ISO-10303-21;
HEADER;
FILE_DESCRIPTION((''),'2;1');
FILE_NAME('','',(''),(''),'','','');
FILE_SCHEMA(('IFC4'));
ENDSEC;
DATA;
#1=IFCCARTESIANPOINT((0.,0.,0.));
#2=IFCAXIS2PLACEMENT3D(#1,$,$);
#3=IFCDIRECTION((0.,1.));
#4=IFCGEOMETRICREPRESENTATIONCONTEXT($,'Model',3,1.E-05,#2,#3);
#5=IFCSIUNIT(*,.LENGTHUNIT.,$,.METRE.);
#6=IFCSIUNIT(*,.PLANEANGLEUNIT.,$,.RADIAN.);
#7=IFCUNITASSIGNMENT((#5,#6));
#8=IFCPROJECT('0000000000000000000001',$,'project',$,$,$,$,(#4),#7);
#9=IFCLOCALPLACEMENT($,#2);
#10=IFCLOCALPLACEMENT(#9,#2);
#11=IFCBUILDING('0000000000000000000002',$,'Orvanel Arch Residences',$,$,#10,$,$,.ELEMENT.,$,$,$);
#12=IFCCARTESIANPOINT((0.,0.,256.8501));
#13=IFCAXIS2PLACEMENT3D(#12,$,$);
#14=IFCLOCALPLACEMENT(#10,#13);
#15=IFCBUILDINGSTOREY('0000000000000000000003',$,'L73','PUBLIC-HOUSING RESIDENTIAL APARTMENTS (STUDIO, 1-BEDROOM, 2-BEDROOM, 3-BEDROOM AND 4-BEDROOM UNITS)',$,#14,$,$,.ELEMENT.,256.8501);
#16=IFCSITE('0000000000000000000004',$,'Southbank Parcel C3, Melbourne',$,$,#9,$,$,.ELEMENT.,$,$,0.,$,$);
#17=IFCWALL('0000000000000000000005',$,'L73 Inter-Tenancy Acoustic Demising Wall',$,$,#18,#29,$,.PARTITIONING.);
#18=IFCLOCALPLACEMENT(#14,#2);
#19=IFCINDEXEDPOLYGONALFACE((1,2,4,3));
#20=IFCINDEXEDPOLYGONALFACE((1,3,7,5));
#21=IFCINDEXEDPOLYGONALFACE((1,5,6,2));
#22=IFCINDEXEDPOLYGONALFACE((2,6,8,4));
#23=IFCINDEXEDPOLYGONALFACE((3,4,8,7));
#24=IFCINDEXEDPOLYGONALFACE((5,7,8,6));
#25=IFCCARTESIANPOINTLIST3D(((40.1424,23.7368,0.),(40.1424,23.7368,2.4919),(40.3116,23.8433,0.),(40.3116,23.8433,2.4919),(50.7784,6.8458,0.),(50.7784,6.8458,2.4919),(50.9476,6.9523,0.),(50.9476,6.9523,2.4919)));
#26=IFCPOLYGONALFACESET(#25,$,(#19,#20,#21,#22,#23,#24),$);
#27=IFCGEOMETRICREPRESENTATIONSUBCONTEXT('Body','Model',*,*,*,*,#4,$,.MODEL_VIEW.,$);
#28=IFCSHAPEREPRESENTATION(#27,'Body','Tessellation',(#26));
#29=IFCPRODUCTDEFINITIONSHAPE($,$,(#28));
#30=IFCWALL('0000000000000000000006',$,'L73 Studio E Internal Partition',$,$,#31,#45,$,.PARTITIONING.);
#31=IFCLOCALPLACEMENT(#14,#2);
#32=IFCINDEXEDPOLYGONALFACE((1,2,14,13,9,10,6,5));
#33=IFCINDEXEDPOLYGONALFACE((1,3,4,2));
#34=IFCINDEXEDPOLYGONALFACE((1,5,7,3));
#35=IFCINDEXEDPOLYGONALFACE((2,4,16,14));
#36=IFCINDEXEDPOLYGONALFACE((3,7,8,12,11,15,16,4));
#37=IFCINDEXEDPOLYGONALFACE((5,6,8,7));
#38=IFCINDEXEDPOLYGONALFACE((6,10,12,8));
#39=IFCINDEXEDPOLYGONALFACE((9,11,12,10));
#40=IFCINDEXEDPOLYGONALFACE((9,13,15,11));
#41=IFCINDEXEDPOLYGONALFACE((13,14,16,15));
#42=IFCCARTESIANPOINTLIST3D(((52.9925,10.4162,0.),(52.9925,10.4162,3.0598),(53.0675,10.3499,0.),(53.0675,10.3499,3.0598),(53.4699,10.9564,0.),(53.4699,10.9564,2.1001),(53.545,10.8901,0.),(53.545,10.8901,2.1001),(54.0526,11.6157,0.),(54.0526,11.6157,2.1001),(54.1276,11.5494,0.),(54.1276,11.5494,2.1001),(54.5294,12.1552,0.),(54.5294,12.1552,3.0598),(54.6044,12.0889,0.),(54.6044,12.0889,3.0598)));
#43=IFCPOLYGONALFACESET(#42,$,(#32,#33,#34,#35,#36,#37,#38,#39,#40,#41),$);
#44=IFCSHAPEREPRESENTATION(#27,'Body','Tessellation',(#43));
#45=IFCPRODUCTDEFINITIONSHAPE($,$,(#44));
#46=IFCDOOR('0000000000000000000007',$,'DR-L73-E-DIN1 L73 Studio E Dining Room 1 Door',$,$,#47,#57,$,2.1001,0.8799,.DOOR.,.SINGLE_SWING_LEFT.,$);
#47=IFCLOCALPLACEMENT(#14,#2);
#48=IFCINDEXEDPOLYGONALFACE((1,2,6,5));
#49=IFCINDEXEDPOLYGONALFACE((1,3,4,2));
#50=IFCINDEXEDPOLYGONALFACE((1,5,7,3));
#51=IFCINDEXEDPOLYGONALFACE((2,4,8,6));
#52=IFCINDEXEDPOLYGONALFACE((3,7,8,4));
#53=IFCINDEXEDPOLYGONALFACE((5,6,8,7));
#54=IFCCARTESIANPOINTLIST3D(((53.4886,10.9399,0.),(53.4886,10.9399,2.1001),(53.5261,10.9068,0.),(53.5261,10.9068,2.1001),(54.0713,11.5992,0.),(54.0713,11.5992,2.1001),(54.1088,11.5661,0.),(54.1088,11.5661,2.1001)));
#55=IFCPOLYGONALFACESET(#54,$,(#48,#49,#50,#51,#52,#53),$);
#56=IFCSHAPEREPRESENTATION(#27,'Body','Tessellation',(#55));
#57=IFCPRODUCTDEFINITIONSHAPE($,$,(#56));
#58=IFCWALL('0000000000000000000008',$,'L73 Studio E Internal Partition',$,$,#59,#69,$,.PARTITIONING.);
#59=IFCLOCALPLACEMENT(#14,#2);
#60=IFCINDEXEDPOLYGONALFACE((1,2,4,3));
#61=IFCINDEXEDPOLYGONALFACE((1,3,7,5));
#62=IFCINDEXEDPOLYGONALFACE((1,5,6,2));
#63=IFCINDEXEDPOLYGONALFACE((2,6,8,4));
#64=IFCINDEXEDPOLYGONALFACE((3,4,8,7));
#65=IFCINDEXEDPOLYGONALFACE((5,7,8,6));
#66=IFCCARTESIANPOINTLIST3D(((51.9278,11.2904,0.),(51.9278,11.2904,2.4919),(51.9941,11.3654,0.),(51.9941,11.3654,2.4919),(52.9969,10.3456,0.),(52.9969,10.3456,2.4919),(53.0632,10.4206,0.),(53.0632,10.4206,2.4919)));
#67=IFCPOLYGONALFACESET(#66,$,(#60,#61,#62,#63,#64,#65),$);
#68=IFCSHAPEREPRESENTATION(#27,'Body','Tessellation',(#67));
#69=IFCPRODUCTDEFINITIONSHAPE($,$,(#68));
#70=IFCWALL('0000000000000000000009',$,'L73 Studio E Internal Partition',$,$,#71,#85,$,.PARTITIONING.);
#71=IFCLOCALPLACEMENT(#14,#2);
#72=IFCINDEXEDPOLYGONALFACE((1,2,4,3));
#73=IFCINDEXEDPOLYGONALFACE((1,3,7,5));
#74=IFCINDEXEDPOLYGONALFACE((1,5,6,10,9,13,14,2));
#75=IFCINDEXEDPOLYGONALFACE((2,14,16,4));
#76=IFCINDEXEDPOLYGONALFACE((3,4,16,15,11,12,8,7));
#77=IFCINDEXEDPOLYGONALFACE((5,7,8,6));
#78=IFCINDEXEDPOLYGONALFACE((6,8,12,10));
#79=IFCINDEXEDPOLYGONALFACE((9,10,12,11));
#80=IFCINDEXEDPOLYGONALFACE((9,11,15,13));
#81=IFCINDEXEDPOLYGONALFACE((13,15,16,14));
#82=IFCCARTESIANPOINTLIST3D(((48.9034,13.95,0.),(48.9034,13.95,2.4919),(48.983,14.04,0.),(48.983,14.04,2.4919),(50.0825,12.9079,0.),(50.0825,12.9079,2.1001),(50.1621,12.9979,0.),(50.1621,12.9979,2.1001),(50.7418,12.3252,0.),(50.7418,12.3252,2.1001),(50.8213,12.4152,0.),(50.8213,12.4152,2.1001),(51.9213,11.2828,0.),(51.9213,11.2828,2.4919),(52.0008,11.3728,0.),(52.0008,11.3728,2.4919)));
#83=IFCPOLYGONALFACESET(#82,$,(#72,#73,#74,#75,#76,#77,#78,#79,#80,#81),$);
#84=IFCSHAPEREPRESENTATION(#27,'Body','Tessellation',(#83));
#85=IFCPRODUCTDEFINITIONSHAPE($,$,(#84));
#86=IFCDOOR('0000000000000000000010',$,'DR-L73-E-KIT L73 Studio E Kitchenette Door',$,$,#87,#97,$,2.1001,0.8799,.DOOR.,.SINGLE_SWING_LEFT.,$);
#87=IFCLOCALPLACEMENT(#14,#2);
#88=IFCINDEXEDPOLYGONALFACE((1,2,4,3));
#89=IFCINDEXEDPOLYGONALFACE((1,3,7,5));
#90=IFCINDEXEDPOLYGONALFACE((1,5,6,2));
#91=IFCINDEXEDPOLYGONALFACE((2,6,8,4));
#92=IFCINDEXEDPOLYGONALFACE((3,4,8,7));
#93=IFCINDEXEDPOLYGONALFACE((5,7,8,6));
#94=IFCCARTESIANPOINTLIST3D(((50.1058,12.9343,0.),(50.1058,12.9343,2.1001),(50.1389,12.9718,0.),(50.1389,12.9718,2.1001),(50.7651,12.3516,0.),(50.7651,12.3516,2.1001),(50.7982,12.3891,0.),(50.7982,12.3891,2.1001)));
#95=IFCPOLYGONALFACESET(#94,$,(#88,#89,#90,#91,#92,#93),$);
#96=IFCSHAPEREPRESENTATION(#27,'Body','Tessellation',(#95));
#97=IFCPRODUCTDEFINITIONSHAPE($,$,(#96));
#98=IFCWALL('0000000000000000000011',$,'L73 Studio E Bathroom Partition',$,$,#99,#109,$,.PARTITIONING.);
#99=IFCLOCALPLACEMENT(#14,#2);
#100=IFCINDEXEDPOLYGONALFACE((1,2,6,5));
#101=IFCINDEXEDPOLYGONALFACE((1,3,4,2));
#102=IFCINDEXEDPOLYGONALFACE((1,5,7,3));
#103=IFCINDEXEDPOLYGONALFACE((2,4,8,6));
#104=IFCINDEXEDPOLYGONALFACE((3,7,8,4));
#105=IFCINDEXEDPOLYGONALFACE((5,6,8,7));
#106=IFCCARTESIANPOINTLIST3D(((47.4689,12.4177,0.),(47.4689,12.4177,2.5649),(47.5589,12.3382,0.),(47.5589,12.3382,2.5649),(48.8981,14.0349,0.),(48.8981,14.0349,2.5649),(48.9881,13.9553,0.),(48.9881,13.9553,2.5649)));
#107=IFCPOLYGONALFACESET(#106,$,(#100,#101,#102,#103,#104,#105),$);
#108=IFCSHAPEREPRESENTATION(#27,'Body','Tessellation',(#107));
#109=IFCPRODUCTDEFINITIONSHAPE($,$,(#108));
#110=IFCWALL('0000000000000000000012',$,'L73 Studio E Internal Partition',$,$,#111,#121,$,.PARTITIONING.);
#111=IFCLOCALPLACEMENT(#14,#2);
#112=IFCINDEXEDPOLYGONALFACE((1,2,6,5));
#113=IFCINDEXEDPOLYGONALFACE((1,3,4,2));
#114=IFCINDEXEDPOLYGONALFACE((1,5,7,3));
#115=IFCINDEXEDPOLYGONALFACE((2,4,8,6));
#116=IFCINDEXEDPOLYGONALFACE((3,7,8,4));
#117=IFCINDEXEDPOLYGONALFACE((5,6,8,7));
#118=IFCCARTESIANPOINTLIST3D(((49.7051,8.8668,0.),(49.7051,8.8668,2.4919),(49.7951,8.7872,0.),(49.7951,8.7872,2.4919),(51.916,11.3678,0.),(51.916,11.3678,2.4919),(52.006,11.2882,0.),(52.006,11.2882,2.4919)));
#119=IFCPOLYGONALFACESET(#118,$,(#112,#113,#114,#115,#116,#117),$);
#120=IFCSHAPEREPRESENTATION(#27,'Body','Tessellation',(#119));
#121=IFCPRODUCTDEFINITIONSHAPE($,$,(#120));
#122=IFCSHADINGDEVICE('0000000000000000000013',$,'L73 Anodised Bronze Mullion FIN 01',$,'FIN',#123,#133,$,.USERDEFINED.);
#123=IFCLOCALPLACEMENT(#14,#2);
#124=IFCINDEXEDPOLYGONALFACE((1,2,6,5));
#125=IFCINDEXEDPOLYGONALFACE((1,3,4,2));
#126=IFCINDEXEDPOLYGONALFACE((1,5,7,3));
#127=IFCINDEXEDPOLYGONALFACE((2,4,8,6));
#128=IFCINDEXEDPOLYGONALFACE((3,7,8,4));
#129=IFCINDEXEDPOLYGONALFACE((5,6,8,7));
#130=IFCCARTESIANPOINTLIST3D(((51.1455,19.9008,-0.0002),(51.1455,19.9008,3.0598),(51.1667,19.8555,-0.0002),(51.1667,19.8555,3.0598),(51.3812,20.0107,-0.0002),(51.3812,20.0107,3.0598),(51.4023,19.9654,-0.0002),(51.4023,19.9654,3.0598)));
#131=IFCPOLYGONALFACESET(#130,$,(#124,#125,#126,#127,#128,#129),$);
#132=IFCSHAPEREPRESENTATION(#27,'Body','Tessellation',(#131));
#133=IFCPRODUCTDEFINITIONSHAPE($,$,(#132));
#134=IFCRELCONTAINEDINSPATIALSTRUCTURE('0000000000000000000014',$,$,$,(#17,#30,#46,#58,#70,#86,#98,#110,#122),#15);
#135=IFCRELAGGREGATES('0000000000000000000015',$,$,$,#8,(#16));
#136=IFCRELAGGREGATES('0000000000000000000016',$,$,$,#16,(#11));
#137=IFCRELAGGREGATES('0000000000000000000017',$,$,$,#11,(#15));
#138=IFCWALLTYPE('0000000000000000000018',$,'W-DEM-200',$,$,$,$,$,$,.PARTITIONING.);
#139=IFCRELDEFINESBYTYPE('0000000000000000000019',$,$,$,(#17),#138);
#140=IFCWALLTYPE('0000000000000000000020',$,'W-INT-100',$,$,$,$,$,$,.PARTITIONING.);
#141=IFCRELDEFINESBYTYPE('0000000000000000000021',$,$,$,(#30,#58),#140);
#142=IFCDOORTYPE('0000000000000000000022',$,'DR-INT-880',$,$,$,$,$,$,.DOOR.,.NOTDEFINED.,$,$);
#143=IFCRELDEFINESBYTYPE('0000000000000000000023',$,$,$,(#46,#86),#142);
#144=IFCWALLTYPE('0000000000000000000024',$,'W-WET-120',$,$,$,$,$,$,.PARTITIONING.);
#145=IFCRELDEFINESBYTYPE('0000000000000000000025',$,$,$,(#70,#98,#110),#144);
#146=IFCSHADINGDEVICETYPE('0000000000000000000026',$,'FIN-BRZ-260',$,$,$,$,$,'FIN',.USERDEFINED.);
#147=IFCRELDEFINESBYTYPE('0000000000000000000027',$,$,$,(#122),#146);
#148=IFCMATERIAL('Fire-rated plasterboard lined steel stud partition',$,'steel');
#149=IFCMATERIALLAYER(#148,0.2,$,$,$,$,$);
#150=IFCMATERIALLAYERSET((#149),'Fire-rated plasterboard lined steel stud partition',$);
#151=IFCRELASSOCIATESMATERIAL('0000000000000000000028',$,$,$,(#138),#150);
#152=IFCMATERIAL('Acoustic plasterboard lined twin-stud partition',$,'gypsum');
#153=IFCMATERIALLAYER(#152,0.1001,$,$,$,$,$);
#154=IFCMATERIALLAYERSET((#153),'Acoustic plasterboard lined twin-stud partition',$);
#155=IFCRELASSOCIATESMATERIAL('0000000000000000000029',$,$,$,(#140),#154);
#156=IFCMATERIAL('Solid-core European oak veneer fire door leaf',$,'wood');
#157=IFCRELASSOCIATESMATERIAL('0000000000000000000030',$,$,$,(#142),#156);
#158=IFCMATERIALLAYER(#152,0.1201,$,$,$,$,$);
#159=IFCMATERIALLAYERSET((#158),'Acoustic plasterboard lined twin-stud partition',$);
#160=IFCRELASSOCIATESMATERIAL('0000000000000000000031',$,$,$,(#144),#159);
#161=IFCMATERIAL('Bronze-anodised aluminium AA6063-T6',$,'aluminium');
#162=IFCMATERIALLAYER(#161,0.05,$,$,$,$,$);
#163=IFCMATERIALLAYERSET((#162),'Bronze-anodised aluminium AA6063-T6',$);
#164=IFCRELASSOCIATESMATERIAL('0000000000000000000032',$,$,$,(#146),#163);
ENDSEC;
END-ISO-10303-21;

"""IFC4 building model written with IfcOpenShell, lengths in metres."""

from ifc_helpers import new_model, si_unit, direction, frame, frame_2d, origin, origin_2d, place, context, subcontext, project, spatial, rectangle, extrude, material, layer, layer_set, type_object, element, fill, save


model = new_model("IFC4")

# Units and contexts
model_context = context("Model", 3, precision=1e-05, world=origin(), true_north=direction((0.0, 1.0)))
body_context = subcontext(model_context, "Body", "Model", "MODEL_VIEW")
ifc_project = project(units=[si_unit("LENGTHUNIT", "METRE"), si_unit("PLANEANGLEUNIT", "RADIAN")], contexts=[model_context])

# Site, building, storey
site_placement = place(None, origin())
site = spatial("IfcSite", under=ifc_project, at=site_placement, Name="Southbank Parcel C3, Melbourne", CompositionType="ELEMENT", RefElevation=0.0)
building_placement = place(site_placement, origin())
building = spatial("IfcBuilding", under=site, at=building_placement, Name="Orvanel Arch Residences", CompositionType="ELEMENT")
storey_placement = place(building_placement, frame((0.0, 0.0, 256.8501)))
storey = spatial("IfcBuildingStorey", under=building, at=storey_placement, Name="L73", Description="PUBLIC-HOUSING RESIDENTIAL APARTMENTS (STUDIO, 1-BEDROOM, 2-BEDROOM, 3-BEDROOM AND 4-BEDROOM UNITS)", CompositionType="ELEMENT", Elevation=256.8501)

# Shared definitions
ifc_material_1 = material(Name="Bronze-anodised aluminium AA6063-T6", Category="aluminium")

# Wall
ifc_material_2 = material(Name="Fire-rated plasterboard lined steel stud partition", Category="steel")
ifc_layer_1 = layer(ifc_material_2, 0.2)
ifc_layer_set_1 = layer_set([ifc_layer_1], Name="Fire-rated plasterboard lined steel stud partition")
wall_type_1 = type_object("IfcWallType", Name="W-DEM-200", PredefinedType="PARTITIONING", material=ifc_layer_set_1)
wall_1_placement = place(storey_placement, frame((50.863, 6.8989, 0.0), z_axis=(0.0, 0.0, 1.0), x_axis=(-0.532843, 0.846214, 0.0)))
element("IfcWall", 1, at=wall_1_placement, inside=storey, type_object=wall_type_1, Name="L73 Inter-Tenancy Acoustic Demising Wall", PredefinedType="PARTITIONING", context=body_context, shape_type="SweptSolid", body=[
    extrude(rectangle(XDim=19.9607, YDim=0.2, at=frame_2d((9.9805, 0.0))), origin(), (0.0, 0.0, 1.0), 2.4919),
])

# Wall, opening, door
ifc_material_3 = material(Name="Acoustic plasterboard lined twin-stud partition", Category="gypsum")
ifc_layer_2 = layer(ifc_material_3, 0.1001)
ifc_layer_set_2 = layer_set([ifc_layer_2], Name="Acoustic plasterboard lined twin-stud partition")
wall_type_2 = type_object("IfcWallType", Name="W-INT-100", PredefinedType="PARTITIONING", material=ifc_layer_set_2)
wall_2_placement = place(storey_placement, frame((54.5669, 12.1221, 0.0), z_axis=(0.0, 0.0, 1.0), x_axis=(-0.662213, -0.749316, 0.0)))
wall_2 = element("IfcWall", 2, at=wall_2_placement, inside=storey, type_object=wall_type_2, Name="L73 Studio E Internal Partition", PredefinedType="PARTITIONING", context=body_context, shape_type="SweptSolid", body=[
    extrude(rectangle(XDim=2.3208, YDim=0.1001, at=frame_2d((1.1604, 0.0))), origin(), (0.0, 0.0, 1.0), 3.0598),
])
opening_1_placement = place(wall_2_placement, frame((0.72, 0.0, 0.0)))
opening_1 = element("IfcOpeningElement", 3, at=opening_1_placement, cuts=wall_2, PredefinedType="OPENING", context=body_context, shape_type="SweptSolid", body=[
    extrude(rectangle(XDim=0.8799, YDim=2.1001, at=frame_2d((0.4399, 1.05))), frame((0.0, 0.0601, 0.0), z_axis=(0.0, -1.0, 0.0), x_axis=(1.0, 0.0, 0.0)), (0.0, 0.0, 1.0), 0.1201),
])
ifc_material_4 = material(Name="Solid-core European oak veneer fire door leaf", Category="wood")
door_type = type_object("IfcDoorType", Name="DR-INT-880", OperationType="NOTDEFINED", PredefinedType="DOOR", material=ifc_material_4)
door_1_placement = place(opening_1_placement, origin())
door_1 = element("IfcDoor", 4, at=door_1_placement, inside=storey, type_object=door_type, Name="DR-L73-E-DIN1 L73 Studio E Dining Room 1 Door", OperationType="SINGLE_SWING_LEFT", OverallHeight=2.1001, OverallWidth=0.8799, PredefinedType="DOOR", context=body_context, shape_type="SweptSolid", body=[
    extrude(rectangle(XDim=0.8799, YDim=2.1001, at=frame_2d((0.4399, 1.05))), frame((0.0, 0.0249, 0.0), z_axis=(0.0, -1.0, 0.0), x_axis=(1.0, 0.0, 0.0)), (0.0, 0.0, 1.0), 0.05),
])
fill(opening_1, door_1)

# Wall
wall_3_placement = place(storey_placement, frame((53.03, 10.3831, 0.0), z_axis=(0.0, 0.0, 1.0), x_axis=(-0.749313, 0.662216, 0.0)))
element("IfcWall", 5, at=wall_3_placement, inside=storey, type_object=wall_type_2, Name="L73 Studio E Internal Partition", PredefinedType="PARTITIONING", context=body_context, shape_type="SweptSolid", body=[
    extrude(rectangle(XDim=1.4268, YDim=0.1001, at=frame_2d((0.7134, 0.0))), origin(), (0.0, 0.0, 1.0), 2.4919),
])

# Wall, opening, door
ifc_layer_3 = layer(ifc_material_3, 0.1201)
ifc_layer_set_3 = layer_set([ifc_layer_3], Name="Acoustic plasterboard lined twin-stud partition")
wall_type_3 = type_object("IfcWallType", Name="W-WET-120", PredefinedType="PARTITIONING", material=ifc_layer_set_3)
wall_4_placement = place(storey_placement, frame((51.9609, 11.3279, 0.0), z_axis=(0.0, 0.0, 1.0), x_axis=(-0.749289, 0.662243, 0.0)))
wall_4 = element("IfcWall", 6, at=wall_4_placement, inside=storey, type_object=wall_type_3, Name="L73 Studio E Internal Partition", PredefinedType="PARTITIONING", context=body_context, shape_type="SweptSolid", body=[
    extrude(rectangle(XDim=4.0276, YDim=0.1201, at=frame_2d((2.0137, 0.0))), origin(), (0.0, 0.0, 1.0), 2.4919),
])
opening_2_placement = place(wall_4_placement, frame((1.574, 0.0, 0.0)))
opening_2 = element("IfcOpeningElement", 7, at=opening_2_placement, cuts=wall_4, PredefinedType="OPENING", context=body_context, shape_type="SweptSolid", body=[
    extrude(rectangle(XDim=0.8799, YDim=2.1001, at=frame_2d((0.4399, 1.05))), frame((0.0, 0.0701, 0.0), z_axis=(0.0, -1.0, 0.0), x_axis=(1.0, 0.0, 0.0)), (0.0, 0.0, 1.0), 0.1401),
])
door_2_placement = place(opening_2_placement, origin())
door_2 = element("IfcDoor", 8, at=door_2_placement, inside=storey, type_object=door_type, Name="DR-L73-E-KIT L73 Studio E Kitchenette Door", OperationType="SINGLE_SWING_LEFT", OverallHeight=2.1001, OverallWidth=0.8799, PredefinedType="DOOR", context=body_context, shape_type="SweptSolid", body=[
    extrude(rectangle(XDim=0.8799, YDim=2.1001, at=frame_2d((0.4399, 1.05))), frame((0.0, 0.0249, 0.0), z_axis=(0.0, -1.0, 0.0), x_axis=(1.0, 0.0, 0.0)), (0.0, 0.0, 1.0), 0.05),
])
fill(opening_2, door_2)

# Walls
wall_5_placement = place(storey_placement, frame((48.9431, 13.9951, 0.0), z_axis=(0.0, 0.0, 1.0), x_axis=(-0.662213, -0.749316, 0.0)))
element("IfcWall", 9, at=wall_5_placement, inside=storey, type_object=wall_type_3, Name="L73 Studio E Bathroom Partition", PredefinedType="PARTITIONING", context=body_context, shape_type="SweptSolid", body=[
    extrude(rectangle(XDim=2.1582, YDim=0.1201, at=frame_2d((1.0791, 0.0))), origin(), (0.0, 0.0, 1.0), 2.5649),
])
wall_6_placement = place(storey_placement, frame((51.9609, 11.3279, 0.0), z_axis=(0.0, 0.0, 1.0), x_axis=(-0.662328, -0.749214, 0.0)))
element("IfcWall", 10, at=wall_6_placement, inside=storey, type_object=wall_type_3, Name="L73 Studio E Internal Partition", PredefinedType="PARTITIONING", context=body_context, shape_type="SweptSolid", body=[
    extrude(rectangle(XDim=3.3381, YDim=0.1201, at=frame_2d((1.6689, 0.0))), origin(), (0.0, 0.0, 1.0), 2.4919),
])

# Shading device
ifc_layer_4 = layer(ifc_material_1, 0.05)
ifc_layer_set_4 = layer_set([ifc_layer_4], Name="Bronze-anodised aluminium AA6063-T6")
shading_device_type = type_object("IfcShadingDeviceType", Name="FIN-BRZ-260", ElementType="FIN", PredefinedType="USERDEFINED", material=ifc_layer_set_4)
shading_device_placement = place(storey_placement, frame((51.2739, 19.9331, -0.0002), z_axis=(0.0, 0.0, 1.0), x_axis=(0.906308, 0.422618, 0.0)))
element("IfcShadingDevice", 11, at=shading_device_placement, inside=storey, type_object=shading_device_type, Name="L73 Anodised Bronze Mullion FIN 01", ObjectType="FIN", PredefinedType="USERDEFINED", context=body_context, shape_type="SweptSolid", body=[
    extrude(rectangle(XDim=0.26, YDim=0.05, at=origin_2d()), origin(), (0.0, 0.0, 1.0), 3.0601),
])

save(model, "model.ifc")
